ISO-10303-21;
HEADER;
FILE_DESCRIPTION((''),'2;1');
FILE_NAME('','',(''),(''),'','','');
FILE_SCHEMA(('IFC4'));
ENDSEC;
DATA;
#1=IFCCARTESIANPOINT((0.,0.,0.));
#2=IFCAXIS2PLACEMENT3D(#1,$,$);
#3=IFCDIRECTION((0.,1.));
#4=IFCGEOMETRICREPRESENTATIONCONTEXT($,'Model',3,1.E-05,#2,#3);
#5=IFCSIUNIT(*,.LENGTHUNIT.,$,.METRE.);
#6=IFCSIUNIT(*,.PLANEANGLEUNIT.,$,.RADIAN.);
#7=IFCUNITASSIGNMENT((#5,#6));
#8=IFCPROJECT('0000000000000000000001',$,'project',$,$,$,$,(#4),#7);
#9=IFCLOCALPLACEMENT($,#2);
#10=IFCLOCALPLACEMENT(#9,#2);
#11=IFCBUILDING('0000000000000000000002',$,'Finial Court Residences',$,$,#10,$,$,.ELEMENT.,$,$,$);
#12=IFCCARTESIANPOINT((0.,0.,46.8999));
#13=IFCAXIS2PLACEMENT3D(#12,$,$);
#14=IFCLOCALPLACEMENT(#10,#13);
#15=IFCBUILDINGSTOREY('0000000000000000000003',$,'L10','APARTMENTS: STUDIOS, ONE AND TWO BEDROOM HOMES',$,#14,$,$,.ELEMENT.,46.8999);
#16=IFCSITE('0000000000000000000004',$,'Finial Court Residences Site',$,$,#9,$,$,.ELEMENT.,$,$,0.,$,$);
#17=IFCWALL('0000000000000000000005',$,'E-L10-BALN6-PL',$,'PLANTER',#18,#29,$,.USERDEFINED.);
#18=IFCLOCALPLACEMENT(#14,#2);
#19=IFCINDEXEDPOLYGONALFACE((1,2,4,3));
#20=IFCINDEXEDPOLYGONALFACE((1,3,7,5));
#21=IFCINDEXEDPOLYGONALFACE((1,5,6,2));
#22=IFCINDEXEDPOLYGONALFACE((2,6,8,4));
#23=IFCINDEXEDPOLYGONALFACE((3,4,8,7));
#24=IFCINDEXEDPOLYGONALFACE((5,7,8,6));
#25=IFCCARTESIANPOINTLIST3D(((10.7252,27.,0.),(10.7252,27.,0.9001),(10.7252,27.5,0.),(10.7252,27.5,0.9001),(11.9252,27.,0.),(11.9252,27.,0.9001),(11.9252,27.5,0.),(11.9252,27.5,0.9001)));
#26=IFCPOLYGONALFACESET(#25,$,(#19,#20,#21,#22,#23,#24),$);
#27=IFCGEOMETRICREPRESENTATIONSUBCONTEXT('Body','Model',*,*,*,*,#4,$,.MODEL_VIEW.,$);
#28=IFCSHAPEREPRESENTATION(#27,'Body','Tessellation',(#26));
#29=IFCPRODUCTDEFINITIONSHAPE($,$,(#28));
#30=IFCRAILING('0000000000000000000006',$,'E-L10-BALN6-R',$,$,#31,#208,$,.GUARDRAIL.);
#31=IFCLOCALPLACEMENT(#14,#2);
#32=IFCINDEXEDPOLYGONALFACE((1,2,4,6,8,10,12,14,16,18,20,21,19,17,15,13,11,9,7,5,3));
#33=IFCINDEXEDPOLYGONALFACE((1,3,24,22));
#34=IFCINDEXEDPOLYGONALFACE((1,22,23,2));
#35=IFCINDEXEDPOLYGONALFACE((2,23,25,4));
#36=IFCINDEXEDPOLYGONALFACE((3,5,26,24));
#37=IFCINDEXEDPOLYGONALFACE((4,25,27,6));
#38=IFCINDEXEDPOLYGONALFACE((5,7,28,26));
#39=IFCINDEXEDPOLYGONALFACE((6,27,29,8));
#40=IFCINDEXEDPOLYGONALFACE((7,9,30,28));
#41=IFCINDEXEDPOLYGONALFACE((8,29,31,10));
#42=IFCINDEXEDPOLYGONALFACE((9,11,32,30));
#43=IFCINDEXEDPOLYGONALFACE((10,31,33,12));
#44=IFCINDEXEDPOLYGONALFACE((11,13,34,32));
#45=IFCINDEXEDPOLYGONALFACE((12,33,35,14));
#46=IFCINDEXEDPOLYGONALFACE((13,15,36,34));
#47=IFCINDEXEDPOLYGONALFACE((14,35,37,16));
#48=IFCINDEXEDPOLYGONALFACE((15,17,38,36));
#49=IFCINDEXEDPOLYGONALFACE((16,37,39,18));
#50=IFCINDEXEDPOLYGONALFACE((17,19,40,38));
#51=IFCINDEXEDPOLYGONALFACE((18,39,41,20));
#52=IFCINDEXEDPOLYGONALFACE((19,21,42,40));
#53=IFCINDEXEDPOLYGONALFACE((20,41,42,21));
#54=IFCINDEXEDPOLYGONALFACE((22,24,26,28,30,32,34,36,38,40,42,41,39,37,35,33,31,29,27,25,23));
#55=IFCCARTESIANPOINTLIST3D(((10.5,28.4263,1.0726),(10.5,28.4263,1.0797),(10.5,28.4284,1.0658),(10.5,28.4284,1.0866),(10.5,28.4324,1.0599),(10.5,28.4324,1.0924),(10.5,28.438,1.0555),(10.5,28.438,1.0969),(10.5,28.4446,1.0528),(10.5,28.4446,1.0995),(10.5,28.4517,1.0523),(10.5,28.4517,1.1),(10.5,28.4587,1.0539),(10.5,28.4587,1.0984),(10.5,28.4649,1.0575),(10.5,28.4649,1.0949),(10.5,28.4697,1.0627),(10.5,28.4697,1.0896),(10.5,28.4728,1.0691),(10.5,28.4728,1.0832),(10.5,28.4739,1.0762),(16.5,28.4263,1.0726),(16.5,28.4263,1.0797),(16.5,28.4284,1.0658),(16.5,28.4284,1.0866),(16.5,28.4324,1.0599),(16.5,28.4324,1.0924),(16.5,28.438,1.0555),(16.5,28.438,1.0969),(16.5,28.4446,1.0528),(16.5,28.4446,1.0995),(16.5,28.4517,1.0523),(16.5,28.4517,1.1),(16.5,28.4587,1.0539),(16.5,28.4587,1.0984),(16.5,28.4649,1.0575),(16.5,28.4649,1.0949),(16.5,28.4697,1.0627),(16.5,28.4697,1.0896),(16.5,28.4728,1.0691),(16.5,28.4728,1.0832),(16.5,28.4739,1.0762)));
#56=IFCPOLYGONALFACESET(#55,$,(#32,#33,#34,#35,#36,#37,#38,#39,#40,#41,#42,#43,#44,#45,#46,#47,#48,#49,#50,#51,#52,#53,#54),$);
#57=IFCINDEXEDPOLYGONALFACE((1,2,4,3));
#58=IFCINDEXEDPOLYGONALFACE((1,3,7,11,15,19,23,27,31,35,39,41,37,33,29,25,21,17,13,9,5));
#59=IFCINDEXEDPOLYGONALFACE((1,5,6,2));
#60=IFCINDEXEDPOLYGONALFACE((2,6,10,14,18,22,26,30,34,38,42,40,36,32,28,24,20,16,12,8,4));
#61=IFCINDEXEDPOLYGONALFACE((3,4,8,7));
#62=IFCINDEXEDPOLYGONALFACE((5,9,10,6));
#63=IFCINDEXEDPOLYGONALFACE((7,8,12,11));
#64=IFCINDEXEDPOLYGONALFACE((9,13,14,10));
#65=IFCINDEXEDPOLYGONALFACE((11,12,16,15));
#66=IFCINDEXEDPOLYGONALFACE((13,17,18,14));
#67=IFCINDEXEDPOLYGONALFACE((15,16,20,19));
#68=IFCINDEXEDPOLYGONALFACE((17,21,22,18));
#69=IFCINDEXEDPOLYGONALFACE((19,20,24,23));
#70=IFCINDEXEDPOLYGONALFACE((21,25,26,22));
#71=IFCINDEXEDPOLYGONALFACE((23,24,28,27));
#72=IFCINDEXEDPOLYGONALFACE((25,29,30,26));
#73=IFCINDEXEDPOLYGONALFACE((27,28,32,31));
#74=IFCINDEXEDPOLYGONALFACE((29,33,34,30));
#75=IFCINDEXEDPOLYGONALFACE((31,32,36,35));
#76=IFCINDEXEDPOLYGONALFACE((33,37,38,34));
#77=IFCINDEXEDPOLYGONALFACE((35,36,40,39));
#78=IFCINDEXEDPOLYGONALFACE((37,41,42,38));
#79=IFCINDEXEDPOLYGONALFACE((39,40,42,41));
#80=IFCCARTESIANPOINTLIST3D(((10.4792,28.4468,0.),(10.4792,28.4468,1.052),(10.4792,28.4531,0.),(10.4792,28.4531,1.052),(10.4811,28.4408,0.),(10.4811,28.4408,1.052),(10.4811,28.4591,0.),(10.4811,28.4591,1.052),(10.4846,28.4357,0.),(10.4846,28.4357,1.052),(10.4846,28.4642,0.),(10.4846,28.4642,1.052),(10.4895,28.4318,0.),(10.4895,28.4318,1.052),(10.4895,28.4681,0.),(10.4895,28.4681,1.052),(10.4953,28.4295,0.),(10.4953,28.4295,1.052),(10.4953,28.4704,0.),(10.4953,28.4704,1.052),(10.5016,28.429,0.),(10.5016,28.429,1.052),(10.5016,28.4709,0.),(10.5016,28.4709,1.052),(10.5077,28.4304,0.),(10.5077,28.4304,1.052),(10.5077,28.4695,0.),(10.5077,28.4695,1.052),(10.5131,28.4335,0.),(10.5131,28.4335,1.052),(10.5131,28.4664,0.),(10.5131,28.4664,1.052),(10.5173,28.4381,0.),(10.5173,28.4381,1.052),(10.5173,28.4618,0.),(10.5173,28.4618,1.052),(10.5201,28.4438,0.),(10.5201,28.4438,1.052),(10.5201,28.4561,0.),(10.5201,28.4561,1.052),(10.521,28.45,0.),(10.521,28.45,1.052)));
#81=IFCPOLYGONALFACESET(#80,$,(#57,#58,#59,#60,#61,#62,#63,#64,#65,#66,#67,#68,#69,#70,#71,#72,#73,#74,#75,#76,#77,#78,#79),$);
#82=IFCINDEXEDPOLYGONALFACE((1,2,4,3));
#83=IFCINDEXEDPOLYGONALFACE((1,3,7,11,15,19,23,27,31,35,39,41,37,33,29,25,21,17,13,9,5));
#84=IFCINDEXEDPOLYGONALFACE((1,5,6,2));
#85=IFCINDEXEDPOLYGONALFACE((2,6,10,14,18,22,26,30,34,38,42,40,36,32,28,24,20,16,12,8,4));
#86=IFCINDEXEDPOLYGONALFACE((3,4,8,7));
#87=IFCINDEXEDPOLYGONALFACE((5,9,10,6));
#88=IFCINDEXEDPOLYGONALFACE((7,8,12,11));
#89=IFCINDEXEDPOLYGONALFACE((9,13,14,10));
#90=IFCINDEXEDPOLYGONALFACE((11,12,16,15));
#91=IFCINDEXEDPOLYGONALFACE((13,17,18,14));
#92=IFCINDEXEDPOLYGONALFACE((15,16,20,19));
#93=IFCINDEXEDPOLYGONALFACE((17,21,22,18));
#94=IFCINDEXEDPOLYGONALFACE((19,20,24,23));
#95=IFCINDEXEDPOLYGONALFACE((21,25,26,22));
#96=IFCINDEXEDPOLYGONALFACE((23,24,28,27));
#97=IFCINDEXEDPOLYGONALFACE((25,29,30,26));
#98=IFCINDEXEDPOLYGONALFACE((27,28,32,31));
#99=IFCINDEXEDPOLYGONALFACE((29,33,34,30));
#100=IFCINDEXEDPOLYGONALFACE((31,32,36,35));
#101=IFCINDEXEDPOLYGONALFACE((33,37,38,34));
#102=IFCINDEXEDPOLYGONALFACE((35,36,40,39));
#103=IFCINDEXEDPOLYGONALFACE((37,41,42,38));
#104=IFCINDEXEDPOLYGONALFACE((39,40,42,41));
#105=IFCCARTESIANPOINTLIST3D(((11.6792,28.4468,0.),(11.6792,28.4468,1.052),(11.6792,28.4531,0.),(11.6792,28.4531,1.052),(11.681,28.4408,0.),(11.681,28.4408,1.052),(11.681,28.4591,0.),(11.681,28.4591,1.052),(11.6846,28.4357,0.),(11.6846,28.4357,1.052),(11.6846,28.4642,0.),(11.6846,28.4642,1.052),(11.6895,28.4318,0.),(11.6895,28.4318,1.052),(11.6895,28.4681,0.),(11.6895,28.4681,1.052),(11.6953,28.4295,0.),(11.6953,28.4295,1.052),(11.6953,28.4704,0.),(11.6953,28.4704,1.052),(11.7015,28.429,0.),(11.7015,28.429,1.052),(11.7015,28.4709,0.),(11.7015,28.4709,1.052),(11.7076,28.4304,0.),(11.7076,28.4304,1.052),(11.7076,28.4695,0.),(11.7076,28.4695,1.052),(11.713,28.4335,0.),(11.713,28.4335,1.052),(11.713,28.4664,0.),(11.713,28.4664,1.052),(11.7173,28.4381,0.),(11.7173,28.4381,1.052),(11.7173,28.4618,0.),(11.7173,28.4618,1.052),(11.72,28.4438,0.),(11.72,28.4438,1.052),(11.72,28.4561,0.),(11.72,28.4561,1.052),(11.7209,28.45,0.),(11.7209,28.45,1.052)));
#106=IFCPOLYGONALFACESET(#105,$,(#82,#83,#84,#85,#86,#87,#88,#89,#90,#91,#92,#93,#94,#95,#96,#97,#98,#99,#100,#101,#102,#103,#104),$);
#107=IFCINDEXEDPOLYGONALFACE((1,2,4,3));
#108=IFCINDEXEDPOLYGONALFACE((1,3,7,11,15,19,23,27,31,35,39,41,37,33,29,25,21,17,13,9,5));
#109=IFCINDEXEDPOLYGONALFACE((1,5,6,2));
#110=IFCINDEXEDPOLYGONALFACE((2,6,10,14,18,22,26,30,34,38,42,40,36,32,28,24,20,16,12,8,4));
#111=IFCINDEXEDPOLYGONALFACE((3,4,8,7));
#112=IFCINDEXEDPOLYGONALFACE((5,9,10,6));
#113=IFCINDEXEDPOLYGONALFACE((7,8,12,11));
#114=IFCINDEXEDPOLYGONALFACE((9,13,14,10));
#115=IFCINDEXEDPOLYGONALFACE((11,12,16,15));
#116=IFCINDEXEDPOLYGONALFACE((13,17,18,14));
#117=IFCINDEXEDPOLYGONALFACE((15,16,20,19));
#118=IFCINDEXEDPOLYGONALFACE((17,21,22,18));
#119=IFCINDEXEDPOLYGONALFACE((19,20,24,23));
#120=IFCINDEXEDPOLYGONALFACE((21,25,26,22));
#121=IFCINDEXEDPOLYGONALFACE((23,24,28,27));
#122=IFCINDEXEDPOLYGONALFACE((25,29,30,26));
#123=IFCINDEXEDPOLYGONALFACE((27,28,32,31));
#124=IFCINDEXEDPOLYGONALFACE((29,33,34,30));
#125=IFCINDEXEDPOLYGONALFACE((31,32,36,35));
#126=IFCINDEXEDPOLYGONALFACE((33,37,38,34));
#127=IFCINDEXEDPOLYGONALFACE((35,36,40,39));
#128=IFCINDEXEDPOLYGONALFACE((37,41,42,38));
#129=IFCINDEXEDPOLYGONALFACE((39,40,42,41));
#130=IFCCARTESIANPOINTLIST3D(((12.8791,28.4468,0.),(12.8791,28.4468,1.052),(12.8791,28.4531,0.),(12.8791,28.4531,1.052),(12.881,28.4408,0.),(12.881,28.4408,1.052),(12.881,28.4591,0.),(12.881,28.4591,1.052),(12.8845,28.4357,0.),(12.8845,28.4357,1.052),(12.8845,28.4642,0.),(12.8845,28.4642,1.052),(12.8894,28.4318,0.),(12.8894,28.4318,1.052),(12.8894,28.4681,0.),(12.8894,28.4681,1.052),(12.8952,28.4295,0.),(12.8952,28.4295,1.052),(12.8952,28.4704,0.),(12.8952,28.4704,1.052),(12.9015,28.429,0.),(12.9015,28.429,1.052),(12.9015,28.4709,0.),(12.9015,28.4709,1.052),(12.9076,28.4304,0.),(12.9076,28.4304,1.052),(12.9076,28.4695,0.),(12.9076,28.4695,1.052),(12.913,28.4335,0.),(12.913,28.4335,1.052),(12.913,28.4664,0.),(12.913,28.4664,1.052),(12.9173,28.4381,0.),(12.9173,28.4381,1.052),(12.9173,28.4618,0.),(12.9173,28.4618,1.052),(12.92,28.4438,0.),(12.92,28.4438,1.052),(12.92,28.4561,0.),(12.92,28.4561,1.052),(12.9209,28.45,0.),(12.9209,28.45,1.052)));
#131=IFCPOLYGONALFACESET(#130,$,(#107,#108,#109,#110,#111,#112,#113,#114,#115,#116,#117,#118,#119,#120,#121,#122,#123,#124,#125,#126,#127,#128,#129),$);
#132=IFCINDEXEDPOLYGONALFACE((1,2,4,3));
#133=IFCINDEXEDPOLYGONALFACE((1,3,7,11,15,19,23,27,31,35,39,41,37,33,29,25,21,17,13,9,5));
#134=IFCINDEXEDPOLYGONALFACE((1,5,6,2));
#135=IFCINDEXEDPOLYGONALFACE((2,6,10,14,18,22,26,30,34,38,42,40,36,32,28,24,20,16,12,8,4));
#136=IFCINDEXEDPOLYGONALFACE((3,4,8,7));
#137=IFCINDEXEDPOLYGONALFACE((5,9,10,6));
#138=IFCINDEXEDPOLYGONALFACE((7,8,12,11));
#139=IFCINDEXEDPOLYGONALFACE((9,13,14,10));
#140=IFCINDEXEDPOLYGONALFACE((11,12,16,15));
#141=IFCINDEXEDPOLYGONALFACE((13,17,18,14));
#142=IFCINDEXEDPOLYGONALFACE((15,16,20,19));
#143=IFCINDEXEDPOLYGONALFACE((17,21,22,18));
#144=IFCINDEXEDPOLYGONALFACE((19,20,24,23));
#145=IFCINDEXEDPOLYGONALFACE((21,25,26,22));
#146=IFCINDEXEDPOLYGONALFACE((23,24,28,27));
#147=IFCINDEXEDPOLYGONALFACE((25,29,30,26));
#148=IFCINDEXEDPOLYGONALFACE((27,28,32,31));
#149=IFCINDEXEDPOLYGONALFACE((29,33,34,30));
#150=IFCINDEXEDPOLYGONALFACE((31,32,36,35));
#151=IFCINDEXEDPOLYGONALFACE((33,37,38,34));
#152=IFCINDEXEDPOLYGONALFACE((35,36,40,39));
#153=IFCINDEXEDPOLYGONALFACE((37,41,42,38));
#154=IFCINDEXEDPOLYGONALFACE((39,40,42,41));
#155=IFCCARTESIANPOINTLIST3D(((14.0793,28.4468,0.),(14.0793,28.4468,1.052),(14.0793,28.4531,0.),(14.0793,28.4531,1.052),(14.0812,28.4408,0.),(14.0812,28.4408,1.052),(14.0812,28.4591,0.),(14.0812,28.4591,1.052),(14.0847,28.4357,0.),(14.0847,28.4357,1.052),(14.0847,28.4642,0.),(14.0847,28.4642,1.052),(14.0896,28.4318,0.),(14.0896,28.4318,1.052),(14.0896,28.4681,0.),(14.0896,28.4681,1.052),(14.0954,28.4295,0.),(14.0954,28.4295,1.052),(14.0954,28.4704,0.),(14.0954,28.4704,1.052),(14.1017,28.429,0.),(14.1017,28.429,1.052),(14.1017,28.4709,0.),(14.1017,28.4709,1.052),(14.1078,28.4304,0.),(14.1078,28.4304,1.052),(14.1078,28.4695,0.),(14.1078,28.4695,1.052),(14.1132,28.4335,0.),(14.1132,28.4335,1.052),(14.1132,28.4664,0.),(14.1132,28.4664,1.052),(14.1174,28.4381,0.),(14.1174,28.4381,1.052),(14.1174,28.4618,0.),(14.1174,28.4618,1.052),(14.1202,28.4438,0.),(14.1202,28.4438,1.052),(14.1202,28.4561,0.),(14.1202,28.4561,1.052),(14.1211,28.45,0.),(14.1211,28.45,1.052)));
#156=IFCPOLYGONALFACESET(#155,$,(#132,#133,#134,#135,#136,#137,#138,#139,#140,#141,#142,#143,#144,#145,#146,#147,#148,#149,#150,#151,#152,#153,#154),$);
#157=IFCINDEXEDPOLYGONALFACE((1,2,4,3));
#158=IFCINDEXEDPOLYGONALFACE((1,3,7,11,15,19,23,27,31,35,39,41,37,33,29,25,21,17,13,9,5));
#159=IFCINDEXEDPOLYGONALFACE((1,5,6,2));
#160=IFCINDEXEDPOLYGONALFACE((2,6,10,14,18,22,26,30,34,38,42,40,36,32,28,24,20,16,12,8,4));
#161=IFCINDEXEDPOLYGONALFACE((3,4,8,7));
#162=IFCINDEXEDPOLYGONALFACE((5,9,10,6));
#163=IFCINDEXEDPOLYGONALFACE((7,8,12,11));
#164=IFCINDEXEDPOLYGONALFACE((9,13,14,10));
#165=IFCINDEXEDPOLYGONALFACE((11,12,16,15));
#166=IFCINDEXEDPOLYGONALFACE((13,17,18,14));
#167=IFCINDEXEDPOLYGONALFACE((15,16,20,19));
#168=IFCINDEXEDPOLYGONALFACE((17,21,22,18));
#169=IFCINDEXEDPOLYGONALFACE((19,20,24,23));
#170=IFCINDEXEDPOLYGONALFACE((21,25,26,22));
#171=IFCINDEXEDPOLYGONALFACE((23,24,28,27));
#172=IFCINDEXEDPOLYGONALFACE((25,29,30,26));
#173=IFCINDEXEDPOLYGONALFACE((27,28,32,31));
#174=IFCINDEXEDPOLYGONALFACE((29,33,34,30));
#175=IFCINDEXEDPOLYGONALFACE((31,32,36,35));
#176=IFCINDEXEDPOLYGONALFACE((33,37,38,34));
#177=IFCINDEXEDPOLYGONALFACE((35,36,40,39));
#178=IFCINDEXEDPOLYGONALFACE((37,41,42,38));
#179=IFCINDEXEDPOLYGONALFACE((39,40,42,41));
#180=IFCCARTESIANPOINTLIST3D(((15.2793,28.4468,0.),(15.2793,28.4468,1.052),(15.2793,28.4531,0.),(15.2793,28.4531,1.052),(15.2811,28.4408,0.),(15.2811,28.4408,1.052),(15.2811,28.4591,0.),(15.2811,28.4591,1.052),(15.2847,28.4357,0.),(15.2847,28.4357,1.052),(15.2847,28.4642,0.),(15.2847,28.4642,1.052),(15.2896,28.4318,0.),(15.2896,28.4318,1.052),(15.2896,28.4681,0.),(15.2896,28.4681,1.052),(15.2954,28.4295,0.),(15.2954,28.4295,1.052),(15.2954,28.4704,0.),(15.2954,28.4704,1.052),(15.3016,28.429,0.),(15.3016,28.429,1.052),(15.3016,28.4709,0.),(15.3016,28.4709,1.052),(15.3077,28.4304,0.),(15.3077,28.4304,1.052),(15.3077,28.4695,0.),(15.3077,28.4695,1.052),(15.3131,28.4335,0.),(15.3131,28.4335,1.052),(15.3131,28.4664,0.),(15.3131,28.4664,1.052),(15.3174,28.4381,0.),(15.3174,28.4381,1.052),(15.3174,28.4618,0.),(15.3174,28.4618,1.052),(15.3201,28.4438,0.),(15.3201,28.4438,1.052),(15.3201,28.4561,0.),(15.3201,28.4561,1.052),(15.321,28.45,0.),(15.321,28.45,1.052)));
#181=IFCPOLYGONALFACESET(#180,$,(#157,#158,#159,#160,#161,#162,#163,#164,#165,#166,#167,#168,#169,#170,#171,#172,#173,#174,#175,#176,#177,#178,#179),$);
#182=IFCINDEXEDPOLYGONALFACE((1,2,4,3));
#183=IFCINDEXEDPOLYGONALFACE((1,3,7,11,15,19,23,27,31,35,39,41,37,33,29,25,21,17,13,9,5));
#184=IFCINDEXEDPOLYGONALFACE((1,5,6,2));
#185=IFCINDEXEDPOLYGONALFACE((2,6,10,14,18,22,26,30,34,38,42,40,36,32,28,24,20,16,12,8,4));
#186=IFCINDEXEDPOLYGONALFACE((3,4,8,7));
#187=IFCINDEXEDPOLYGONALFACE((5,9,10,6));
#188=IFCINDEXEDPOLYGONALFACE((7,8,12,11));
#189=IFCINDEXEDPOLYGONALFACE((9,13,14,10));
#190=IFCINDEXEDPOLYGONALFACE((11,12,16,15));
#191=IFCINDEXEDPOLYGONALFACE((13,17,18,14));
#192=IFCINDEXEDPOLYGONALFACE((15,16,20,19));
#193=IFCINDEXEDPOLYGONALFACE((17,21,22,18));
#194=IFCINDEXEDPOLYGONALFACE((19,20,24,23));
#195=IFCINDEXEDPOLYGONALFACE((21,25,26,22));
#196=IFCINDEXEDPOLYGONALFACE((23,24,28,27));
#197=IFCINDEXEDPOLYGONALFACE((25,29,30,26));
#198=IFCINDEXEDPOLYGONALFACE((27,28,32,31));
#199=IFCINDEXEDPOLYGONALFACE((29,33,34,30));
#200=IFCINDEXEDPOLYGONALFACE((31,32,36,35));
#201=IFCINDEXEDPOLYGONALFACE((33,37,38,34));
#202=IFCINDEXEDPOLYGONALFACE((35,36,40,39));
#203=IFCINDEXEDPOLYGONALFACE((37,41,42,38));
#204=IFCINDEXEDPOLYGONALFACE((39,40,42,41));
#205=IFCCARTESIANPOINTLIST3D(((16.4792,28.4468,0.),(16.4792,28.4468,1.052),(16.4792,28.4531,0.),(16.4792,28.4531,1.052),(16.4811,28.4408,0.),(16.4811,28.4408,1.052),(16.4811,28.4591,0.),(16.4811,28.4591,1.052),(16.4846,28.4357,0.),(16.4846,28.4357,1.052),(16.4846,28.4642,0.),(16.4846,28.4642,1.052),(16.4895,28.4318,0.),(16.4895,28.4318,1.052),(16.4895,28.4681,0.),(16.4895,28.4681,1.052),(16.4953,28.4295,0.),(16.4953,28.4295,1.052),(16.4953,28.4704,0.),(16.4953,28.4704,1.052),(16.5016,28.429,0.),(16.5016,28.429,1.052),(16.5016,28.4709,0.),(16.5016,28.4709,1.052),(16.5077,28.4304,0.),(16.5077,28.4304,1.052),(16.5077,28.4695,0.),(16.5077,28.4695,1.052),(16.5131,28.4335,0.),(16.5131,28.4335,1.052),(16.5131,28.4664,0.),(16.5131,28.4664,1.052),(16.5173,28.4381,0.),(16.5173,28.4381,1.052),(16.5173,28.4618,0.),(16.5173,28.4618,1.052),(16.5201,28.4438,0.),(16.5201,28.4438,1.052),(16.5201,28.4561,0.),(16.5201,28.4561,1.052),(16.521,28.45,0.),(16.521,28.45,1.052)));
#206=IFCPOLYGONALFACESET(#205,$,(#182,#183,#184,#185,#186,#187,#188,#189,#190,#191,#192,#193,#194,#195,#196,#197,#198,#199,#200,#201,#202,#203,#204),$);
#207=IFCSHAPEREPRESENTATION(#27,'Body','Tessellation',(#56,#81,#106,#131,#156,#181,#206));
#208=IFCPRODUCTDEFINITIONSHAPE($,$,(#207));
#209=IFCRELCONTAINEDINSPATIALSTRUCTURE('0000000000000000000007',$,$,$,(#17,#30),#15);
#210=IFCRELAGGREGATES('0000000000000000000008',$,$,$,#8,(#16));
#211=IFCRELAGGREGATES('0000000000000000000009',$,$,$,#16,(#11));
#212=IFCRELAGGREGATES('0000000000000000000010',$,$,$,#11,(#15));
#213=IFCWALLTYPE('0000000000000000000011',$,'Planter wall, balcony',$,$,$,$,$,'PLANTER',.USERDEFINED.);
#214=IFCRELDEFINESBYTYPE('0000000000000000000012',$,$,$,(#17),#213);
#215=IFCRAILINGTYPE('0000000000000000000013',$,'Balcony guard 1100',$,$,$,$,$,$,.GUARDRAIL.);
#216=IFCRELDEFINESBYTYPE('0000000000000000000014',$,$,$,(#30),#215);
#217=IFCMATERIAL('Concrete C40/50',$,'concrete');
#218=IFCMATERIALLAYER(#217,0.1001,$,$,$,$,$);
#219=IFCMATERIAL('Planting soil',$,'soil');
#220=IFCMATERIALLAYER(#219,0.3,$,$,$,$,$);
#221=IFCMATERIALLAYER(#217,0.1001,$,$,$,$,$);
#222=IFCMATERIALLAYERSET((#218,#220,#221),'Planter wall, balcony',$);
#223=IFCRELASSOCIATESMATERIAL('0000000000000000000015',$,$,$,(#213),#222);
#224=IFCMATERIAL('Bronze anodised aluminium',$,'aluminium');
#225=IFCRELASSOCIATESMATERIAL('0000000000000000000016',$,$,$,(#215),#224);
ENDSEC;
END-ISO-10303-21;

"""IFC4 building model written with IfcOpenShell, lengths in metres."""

from ifc_helpers import new_model, si_unit, direction, frame, frame_2d, origin, origin_2d, place, context, subcontext, project, spatial, rectangle, circle, extrude, material, layer, layer_set, type_object, element, save


model = new_model("IFC4")

# Units and contexts
model_context = context("Model", 3, precision=1e-05, world=origin(), true_north=direction((0.0, 1.0)))
body_context = subcontext(model_context, "Body", "Model", "MODEL_VIEW")
ifc_project = project(units=[si_unit("LENGTHUNIT", "METRE"), si_unit("PLANEANGLEUNIT", "RADIAN")], contexts=[model_context])

# Site, building, storey
site_placement = place(None, origin())
site = spatial("IfcSite", under=ifc_project, at=site_placement, Name="Finial Court Residences Site", CompositionType="ELEMENT", RefElevation=0.0)
building_placement = place(site_placement, origin())
building = spatial("IfcBuilding", under=site, at=building_placement, Name="Finial Court Residences", CompositionType="ELEMENT")
storey_placement = place(building_placement, frame((0.0, 0.0, 46.8999)))
storey = spatial("IfcBuildingStorey", under=building, at=storey_placement, Name="L10", Description="APARTMENTS: STUDIOS, ONE AND TWO BEDROOM HOMES", CompositionType="ELEMENT", Elevation=46.8999)

# Shared definitions
ifc_material_1 = material(Name="Bronze anodised aluminium", Category="aluminium")

# Wall
ifc_material_2 = material(Name="Concrete C40/50", Category="concrete")
ifc_layer_1 = layer(ifc_material_2, 0.1001)
ifc_material_3 = material(Name="Planting soil", Category="soil")
ifc_layer_2 = layer(ifc_material_3, 0.3)
ifc_layer_3 = layer(ifc_material_2, 0.1001)
ifc_layer_set_1 = layer_set([ifc_layer_1, ifc_layer_2, ifc_layer_3], Name="Planter wall, balcony")
wall_type_1 = type_object("IfcWallType", Name="Planter wall, balcony", ElementType="PLANTER", PredefinedType="USERDEFINED", material=ifc_layer_set_1)
wall_1_placement = place(storey_placement, frame((10.7251, 27.25, 0.0), z_axis=(0.0, 0.0, 1.0), x_axis=(1.0, 0.0, 0.0)))
element("IfcWall", 1, at=wall_1_placement, inside=storey, type_object=wall_type_1, Name="E-L10-BALN6-PL", ObjectType="PLANTER", PredefinedType="USERDEFINED", context=body_context, shape_type="SweptSolid", body=[
    extrude(rectangle(XDim=1.2, YDim=0.5, at=frame_2d((0.6001, 0.0))), origin(), (0.0, 0.0, 1.0), 0.9001),
])

# Railing
railing_type = type_object("IfcRailingType", Name="Balcony guard 1100", PredefinedType="GUARDRAIL", material=ifc_material_1)
railing_placement = place(storey_placement, frame((10.5, 28.45, 0.0)))
element("IfcRailing", 2, at=railing_placement, inside=storey, type_object=railing_type, Name="E-L10-BALN6-R", PredefinedType="GUARDRAIL", context=body_context, shape_type="SweptSolid", body=[
    extrude(circle(Radius=0.0239, at=origin_2d()), frame((0.0, 0.0, 1.0762), z_axis=(1.0, 0.0, 0.0), x_axis=(0.0, 1.0, 0.0)), (0.0, 0.0, 1.0), 6.0),
    extrude(circle(Radius=0.021, at=origin_2d()), origin(), (0.0, 0.0, 1.0), 1.052),
    extrude(circle(Radius=0.021, at=origin_2d()), frame((1.2, 0.0, 0.0)), (0.0, 0.0, 1.0), 1.052),
    extrude(circle(Radius=0.021, at=origin_2d()), frame((2.3999, 0.0, 0.0)), (0.0, 0.0, 1.0), 1.052),
    extrude(circle(Radius=0.021, at=origin_2d()), frame((3.6001, 0.0, 0.0)), (0.0, 0.0, 1.0), 1.052),
    extrude(circle(Radius=0.021, at=origin_2d()), frame((4.8, 0.0, 0.0)), (0.0, 0.0, 1.0), 1.052),
    extrude(circle(Radius=0.021, at=origin_2d()), frame((6.0, 0.0, 0.0)), (0.0, 0.0, 1.0), 1.052),
])

save(model, "model.ifc")
